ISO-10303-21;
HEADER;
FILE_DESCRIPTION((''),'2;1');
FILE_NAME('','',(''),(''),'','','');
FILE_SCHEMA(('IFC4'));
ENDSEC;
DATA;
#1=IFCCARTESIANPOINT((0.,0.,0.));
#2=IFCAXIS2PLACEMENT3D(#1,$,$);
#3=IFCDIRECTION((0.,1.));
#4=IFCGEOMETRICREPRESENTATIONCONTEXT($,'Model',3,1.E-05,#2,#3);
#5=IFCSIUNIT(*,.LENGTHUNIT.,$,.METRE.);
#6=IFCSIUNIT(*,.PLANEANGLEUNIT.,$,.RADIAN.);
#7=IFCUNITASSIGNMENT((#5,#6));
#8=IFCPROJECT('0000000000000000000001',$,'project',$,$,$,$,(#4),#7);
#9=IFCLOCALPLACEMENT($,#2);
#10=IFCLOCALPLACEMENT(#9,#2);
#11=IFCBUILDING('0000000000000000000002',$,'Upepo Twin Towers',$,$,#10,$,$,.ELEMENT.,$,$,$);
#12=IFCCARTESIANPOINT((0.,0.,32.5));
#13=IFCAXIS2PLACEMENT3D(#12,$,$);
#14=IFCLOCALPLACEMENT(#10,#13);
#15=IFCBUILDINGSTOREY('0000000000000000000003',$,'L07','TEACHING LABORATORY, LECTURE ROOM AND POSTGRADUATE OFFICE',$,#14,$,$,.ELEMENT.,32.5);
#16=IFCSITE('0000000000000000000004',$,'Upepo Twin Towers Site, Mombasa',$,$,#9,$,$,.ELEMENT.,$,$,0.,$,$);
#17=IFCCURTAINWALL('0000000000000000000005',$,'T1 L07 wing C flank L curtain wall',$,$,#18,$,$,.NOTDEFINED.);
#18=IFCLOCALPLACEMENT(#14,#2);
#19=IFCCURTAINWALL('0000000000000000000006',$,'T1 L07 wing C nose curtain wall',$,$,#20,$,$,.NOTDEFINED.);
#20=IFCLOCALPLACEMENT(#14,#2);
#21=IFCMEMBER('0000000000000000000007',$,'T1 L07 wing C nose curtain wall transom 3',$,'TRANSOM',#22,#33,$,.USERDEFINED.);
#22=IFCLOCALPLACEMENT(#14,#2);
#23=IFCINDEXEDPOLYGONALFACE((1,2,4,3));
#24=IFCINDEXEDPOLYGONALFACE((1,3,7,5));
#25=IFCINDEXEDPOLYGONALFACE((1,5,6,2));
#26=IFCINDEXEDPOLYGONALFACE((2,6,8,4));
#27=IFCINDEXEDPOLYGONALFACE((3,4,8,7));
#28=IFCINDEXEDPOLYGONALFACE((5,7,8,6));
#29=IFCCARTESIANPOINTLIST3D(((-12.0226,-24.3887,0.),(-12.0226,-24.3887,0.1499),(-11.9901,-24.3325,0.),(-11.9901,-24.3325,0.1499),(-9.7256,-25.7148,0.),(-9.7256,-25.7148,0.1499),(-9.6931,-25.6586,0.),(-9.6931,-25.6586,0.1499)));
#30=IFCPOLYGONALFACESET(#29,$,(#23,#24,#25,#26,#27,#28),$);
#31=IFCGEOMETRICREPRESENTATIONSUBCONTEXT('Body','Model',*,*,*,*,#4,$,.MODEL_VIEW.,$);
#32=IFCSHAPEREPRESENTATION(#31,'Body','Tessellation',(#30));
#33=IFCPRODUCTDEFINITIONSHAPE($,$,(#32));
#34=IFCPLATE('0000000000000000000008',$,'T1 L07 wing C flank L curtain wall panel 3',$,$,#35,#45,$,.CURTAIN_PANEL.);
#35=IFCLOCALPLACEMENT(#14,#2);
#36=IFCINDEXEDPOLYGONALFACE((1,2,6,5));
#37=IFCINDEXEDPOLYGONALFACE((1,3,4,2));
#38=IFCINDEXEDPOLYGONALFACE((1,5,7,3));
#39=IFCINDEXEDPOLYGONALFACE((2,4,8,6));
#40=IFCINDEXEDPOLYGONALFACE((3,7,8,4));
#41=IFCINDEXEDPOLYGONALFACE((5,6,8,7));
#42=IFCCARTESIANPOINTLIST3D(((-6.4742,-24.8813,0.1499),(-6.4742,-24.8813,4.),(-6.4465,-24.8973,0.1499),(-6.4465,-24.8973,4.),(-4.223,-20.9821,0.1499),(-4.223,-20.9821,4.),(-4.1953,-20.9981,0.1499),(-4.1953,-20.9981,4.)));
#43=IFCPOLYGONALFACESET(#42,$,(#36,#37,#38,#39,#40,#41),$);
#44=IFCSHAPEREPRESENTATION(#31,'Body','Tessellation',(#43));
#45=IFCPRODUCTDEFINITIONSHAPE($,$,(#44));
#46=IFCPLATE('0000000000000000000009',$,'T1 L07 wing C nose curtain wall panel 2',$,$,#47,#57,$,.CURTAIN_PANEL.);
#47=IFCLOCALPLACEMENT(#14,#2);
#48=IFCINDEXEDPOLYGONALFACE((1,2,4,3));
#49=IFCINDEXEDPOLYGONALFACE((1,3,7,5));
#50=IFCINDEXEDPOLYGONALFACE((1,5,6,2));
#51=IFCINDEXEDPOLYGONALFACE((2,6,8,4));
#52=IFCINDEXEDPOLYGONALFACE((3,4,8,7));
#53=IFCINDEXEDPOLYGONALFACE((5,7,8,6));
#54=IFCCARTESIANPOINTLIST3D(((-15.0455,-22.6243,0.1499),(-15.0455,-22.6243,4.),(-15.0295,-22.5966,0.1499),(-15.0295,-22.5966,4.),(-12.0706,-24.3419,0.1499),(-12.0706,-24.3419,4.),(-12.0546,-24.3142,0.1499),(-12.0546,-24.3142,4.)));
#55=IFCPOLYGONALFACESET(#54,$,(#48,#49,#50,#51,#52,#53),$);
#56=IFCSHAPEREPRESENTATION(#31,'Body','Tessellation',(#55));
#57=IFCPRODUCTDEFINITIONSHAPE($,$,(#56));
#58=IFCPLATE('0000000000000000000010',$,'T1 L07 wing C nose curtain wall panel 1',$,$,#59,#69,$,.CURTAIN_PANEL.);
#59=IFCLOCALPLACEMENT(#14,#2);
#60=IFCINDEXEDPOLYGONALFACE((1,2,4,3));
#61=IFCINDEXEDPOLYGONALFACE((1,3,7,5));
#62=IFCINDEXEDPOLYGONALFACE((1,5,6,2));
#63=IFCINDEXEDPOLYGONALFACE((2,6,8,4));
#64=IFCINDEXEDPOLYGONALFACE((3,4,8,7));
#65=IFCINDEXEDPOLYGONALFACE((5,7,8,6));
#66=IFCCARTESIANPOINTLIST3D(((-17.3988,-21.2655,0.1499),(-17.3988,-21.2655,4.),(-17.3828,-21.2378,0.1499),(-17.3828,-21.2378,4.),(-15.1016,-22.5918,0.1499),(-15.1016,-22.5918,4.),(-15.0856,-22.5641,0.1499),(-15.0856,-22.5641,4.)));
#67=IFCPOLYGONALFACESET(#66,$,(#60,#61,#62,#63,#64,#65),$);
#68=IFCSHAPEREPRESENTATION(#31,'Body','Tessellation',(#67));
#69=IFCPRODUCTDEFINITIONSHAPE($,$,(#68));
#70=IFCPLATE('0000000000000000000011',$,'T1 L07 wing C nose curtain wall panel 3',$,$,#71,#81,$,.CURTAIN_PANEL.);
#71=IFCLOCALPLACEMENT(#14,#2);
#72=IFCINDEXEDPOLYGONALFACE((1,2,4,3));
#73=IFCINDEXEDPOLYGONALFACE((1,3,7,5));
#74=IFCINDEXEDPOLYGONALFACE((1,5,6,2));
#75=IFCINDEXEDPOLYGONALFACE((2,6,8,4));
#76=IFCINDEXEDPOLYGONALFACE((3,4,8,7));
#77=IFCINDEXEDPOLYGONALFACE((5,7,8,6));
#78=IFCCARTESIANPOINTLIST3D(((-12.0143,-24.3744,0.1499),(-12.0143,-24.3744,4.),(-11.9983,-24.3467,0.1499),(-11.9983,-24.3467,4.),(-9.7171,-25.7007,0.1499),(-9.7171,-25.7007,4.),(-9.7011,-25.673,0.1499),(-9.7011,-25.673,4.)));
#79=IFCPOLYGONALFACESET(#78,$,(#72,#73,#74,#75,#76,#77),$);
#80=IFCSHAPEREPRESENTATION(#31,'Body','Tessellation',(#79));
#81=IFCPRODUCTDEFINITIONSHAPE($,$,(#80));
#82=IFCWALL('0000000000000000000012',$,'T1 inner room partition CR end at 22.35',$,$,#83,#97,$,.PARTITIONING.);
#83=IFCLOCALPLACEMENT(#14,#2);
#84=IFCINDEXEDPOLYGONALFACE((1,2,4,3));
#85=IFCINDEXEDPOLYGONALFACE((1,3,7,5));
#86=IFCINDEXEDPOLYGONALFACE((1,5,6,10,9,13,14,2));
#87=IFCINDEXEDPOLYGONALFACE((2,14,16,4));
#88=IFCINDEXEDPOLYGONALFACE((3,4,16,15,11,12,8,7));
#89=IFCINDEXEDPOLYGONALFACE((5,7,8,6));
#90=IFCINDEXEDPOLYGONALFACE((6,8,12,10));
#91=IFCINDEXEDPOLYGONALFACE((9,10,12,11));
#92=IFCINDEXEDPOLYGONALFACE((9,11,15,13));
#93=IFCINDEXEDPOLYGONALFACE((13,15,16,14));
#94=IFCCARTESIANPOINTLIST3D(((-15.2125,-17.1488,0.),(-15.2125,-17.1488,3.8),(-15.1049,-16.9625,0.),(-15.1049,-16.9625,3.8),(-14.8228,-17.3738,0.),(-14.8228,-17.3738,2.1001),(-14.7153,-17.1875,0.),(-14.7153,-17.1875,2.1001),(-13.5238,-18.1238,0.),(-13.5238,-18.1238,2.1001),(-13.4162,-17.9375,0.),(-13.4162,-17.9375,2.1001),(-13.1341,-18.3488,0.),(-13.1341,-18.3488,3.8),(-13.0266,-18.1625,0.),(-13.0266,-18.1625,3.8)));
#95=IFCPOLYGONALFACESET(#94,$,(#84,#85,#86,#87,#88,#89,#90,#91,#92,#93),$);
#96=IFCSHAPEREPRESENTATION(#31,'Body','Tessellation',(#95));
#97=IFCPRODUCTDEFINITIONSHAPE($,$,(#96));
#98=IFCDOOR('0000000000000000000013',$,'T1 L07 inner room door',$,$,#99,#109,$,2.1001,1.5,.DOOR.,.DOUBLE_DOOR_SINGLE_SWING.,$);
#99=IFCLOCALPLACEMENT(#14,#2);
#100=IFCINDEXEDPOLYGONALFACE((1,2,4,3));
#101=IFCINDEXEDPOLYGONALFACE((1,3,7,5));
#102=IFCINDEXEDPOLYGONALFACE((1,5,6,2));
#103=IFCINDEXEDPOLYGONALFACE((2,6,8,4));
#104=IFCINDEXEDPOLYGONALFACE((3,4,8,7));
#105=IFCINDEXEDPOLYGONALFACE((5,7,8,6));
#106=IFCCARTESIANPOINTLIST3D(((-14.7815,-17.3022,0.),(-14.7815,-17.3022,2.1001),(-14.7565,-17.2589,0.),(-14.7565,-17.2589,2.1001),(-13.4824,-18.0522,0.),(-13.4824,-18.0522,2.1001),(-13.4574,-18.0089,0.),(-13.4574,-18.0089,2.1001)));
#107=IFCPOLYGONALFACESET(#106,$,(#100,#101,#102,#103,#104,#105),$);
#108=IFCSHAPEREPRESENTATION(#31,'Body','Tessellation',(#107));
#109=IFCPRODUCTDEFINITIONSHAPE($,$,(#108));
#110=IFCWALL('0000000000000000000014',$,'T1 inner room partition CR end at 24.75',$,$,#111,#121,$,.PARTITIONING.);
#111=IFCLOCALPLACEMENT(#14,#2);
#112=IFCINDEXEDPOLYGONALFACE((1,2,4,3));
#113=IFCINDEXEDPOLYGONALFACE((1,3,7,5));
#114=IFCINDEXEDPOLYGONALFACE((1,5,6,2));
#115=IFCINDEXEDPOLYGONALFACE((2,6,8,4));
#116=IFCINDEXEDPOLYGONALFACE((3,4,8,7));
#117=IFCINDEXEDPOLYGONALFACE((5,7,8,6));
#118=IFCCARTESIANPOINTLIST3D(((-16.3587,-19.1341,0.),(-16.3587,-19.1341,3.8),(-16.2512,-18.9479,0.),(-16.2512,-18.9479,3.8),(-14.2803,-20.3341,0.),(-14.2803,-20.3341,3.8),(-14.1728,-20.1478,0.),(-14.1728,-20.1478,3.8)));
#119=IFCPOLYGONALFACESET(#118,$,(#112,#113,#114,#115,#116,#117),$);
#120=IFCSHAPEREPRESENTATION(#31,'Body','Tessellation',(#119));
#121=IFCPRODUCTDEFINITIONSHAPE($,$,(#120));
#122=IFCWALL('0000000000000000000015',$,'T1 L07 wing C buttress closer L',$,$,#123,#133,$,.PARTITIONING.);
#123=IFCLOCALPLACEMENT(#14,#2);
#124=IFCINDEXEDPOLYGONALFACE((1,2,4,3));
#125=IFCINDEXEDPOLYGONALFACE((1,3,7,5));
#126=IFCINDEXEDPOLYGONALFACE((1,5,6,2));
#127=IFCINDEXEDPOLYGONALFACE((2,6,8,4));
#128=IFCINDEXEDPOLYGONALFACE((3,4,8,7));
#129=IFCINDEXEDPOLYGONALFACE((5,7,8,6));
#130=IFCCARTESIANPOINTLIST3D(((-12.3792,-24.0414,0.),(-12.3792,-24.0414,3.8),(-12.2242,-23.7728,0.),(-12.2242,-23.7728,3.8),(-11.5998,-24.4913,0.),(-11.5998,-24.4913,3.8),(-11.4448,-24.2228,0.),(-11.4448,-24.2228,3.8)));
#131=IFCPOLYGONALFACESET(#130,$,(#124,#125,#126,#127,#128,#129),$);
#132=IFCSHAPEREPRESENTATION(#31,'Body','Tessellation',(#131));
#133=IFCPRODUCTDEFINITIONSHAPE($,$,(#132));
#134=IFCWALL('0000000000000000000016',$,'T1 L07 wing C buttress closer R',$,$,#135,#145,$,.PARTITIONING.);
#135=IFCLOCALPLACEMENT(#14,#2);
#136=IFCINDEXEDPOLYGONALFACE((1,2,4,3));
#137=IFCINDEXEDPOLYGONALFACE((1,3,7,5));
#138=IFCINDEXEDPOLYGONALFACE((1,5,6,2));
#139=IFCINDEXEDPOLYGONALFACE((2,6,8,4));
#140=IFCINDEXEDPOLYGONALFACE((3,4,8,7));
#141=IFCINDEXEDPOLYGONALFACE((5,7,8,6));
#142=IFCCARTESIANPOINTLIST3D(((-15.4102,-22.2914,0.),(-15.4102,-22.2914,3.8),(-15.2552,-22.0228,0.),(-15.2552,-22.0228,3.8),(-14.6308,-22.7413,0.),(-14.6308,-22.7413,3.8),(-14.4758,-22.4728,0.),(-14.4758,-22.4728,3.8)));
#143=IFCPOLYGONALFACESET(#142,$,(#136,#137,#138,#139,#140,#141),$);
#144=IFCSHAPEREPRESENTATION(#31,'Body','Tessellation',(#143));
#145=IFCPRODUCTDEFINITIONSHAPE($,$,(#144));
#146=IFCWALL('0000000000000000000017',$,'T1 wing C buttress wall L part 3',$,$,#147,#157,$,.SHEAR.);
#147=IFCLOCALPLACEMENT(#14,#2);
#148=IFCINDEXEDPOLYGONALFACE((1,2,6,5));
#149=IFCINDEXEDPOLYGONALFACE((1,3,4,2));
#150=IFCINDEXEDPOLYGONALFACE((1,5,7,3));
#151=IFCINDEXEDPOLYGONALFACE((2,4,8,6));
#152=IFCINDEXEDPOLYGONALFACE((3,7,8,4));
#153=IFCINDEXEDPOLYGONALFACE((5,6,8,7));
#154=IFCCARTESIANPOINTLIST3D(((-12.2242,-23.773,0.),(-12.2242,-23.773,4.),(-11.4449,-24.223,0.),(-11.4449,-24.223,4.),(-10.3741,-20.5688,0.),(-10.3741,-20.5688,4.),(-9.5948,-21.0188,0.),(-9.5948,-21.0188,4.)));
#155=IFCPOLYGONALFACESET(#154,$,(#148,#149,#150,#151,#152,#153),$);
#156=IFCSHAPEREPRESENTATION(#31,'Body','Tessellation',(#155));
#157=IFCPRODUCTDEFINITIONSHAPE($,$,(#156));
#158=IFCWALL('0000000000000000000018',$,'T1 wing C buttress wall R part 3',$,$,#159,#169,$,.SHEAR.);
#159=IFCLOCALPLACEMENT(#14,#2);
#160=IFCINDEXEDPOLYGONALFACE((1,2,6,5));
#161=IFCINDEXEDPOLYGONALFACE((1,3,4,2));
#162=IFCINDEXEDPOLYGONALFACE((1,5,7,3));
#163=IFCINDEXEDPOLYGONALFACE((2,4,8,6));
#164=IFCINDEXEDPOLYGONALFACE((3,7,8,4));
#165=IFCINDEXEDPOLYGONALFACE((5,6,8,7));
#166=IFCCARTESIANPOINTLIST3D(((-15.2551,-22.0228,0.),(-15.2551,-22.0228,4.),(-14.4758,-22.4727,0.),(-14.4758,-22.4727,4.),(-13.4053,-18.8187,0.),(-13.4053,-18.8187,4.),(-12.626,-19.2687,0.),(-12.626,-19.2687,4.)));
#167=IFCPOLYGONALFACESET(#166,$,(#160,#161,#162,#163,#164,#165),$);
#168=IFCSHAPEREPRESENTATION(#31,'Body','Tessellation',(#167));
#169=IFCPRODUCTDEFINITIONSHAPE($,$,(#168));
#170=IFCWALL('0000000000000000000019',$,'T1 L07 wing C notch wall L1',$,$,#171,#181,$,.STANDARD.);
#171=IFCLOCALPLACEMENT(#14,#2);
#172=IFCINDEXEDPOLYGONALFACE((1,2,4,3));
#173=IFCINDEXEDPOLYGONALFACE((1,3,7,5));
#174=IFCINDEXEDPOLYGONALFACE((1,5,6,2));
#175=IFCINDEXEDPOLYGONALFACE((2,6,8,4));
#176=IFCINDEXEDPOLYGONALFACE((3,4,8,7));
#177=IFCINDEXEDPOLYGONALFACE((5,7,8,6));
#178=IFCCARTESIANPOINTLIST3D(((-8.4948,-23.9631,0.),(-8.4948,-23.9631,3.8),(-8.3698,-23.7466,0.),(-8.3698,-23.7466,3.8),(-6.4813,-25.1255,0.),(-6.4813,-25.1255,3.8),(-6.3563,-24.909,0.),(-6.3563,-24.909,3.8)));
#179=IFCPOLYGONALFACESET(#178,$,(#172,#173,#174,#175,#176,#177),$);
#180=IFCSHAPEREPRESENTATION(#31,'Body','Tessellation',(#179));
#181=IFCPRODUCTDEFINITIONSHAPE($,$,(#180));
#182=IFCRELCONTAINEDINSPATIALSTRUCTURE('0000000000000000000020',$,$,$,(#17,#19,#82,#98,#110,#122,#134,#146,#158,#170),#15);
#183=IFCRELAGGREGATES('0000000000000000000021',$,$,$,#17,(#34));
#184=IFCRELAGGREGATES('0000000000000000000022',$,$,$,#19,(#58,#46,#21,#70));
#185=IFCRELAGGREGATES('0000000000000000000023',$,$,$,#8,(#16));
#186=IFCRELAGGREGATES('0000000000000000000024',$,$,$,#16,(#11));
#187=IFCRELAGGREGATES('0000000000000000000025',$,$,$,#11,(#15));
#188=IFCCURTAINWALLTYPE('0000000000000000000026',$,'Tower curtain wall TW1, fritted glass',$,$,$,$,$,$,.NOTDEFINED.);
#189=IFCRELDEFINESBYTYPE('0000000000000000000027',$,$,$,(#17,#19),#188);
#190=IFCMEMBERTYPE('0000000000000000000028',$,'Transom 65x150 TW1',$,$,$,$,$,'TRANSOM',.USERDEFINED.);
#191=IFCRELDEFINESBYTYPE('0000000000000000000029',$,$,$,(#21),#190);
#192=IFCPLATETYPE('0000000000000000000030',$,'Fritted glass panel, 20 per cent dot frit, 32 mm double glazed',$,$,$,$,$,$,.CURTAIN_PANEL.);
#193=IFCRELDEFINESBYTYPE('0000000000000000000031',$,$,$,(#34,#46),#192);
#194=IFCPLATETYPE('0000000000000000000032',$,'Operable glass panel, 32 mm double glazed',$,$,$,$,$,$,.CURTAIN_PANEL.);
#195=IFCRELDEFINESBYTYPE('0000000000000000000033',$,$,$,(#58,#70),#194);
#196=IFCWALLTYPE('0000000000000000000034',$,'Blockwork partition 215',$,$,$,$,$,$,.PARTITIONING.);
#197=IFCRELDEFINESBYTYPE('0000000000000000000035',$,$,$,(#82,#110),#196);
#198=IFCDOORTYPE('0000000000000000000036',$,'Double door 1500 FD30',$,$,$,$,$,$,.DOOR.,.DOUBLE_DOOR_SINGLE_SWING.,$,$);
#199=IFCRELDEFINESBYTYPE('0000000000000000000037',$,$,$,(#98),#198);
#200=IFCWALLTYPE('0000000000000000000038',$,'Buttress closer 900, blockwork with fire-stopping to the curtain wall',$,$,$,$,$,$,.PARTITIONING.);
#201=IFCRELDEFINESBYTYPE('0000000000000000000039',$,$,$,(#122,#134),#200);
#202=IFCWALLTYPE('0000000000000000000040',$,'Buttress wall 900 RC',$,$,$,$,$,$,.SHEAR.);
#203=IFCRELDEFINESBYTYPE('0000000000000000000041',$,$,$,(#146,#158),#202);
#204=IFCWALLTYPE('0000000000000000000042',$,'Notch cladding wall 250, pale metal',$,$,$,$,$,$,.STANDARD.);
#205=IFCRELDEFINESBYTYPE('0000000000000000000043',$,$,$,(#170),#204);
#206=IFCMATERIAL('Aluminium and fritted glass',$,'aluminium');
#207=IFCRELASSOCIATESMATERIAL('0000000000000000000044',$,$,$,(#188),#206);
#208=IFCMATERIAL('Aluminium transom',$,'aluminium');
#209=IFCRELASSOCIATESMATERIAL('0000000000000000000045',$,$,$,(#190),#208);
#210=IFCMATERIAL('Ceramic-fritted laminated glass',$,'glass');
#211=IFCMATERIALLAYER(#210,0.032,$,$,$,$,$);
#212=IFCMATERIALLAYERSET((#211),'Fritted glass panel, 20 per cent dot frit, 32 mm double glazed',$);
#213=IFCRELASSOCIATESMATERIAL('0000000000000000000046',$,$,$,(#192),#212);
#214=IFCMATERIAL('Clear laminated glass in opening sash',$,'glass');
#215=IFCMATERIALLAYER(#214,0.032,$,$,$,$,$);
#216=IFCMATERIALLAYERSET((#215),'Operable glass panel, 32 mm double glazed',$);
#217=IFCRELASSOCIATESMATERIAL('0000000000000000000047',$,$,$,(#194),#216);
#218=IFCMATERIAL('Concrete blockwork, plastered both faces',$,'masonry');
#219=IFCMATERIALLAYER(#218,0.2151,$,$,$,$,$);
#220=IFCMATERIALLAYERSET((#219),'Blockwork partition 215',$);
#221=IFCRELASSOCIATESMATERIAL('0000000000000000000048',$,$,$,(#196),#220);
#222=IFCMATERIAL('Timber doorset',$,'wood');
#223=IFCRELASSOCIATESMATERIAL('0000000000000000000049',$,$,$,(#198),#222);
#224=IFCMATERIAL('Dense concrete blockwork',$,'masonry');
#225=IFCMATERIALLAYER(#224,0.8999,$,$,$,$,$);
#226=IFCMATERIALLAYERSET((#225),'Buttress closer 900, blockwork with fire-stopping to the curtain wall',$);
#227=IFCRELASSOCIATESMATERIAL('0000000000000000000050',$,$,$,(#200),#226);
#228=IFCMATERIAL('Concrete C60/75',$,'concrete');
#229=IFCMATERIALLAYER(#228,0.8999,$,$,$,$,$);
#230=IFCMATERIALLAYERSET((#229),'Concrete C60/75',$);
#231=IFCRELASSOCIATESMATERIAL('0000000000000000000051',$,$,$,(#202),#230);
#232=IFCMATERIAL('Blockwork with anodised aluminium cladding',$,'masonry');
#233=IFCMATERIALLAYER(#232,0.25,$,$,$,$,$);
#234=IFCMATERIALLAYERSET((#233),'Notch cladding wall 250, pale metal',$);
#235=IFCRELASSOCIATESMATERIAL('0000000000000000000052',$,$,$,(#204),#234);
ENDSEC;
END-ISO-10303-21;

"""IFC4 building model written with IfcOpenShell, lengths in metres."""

from ifc_helpers import new_model, si_unit, direction, frame, frame_2d, origin, origin_2d, place, context, subcontext, project, spatial, rectangle, extrude, material, layer, layer_set, material_profile, profile_set, type_object, element, fill, aggregate, save


model = new_model("IFC4")

# Units and contexts
model_context = context("Model", 3, precision=1e-05, world=origin(), true_north=direction((0.0, 1.0)))
body_context = subcontext(model_context, "Body", "Model", "MODEL_VIEW")
ifc_project = project(units=[si_unit("LENGTHUNIT", "METRE"), si_unit("PLANEANGLEUNIT", "RADIAN")], contexts=[model_context])

# Site, building, storey
site_placement = place(None, origin())
site = spatial("IfcSite", under=ifc_project, at=site_placement, Name="Upepo Twin Towers Site, Mombasa", CompositionType="ELEMENT", RefElevation=0.0)
building_placement = place(site_placement, origin())
building = spatial("IfcBuilding", under=site, at=building_placement, Name="Upepo Twin Towers", CompositionType="ELEMENT")
storey_placement = place(building_placement, frame((0.0, 0.0, 32.5)))
storey = spatial("IfcBuildingStorey", under=building, at=storey_placement, Name="L07", Description="TEACHING LABORATORY, LECTURE ROOM AND POSTGRADUATE OFFICE", CompositionType="ELEMENT", Elevation=32.5)

# Curtain wall
ifc_material_1 = material(Name="Aluminium and fritted glass", Category="aluminium")
curtain_wall_type = type_object("IfcCurtainWallType", Name="Tower curtain wall TW1, fritted glass", PredefinedType="NOTDEFINED", material=ifc_material_1)
curtain_wall_1_placement = place(storey_placement, origin())
curtain_wall_1 = element("IfcCurtainWall", 1, at=curtain_wall_1_placement, inside=storey, type_object=curtain_wall_type, Name="T1 L07 wing C flank L curtain wall", PredefinedType="NOTDEFINED")

# Curtain wall
curtain_wall_2_placement = place(storey_placement, origin())
curtain_wall_2 = element("IfcCurtainWall", 2, at=curtain_wall_2_placement, inside=storey, type_object=curtain_wall_type, Name="T1 L07 wing C nose curtain wall", PredefinedType="NOTDEFINED")

# Member
ifc_material_2 = material(Name="Aluminium transom", Category="aluminium")
ifc_material_profile_1 = material_profile(ifc_material_2, rectangle(XDim=0.0649, YDim=0.1499, at=origin_2d()), Name="TRANSOM 65x150")
ifc_profile_set_1 = profile_set([ifc_material_profile_1], Name="Aluminium transom")
member_type_1 = type_object("IfcMemberType", Name="Transom 65x150 TW1", ElementType="TRANSOM", PredefinedType="USERDEFINED", material=ifc_profile_set_1)
member_1_placement = place(storey_placement, frame((-12.0063, -24.3606, 0.075), z_axis=(0.866037, -0.49998, 0.0), x_axis=(0.49998, 0.866037, 0.0)))
member_1 = element("IfcMember", 3, at=member_1_placement, type_object=member_type_1, Name="T1 L07 wing C nose curtain wall transom 3", ObjectType="TRANSOM", PredefinedType="USERDEFINED", context=body_context, shape_type="SweptSolid", body=[
    extrude(rectangle(XDim=0.0649, YDim=0.1499, at=origin_2d()), origin(), (0.0, 0.0, 1.0), 2.6523),
])

# Plates
ifc_material_3 = material(Name="Ceramic-fritted laminated glass", Category="glass")
ifc_layer_1 = layer(ifc_material_3, 0.032)
ifc_layer_set_1 = layer_set([ifc_layer_1], Name="Fritted glass panel, 20 per cent dot frit, 32 mm double glazed")
plate_type_1 = type_object("IfcPlateType", Name="Fritted glass panel, 20 per cent dot frit, 32 mm double glazed", PredefinedType="CURTAIN_PANEL", material=ifc_layer_set_1)
plate_1_placement = place(storey_placement, frame((-5.3347, -22.9397, 0.1499), z_axis=(0.0, 0.0, 1.0), x_axis=(-0.5, -0.866025, 0.0)))
plate_1 = element("IfcPlate", 4, at=plate_1_placement, type_object=plate_type_1, Name="T1 L07 wing C flank L curtain wall panel 3", PredefinedType="CURTAIN_PANEL", context=body_context, shape_type="SweptSolid", body=[
    extrude(rectangle(XDim=4.5024, YDim=0.032, at=origin_2d()), origin(), (0.0, 0.0, 1.0), 3.8501),
])
aggregate(curtain_wall_1, [plate_1])
plate_2_placement = place(storey_placement, frame((-13.55, -23.4692, 0.1499), z_axis=(0.0, 0.0, 1.0), x_axis=(0.866025, -0.5, 0.0)))
plate_2 = element("IfcPlate", 5, at=plate_2_placement, type_object=plate_type_1, Name="T1 L07 wing C nose curtain wall panel 2", PredefinedType="CURTAIN_PANEL", context=body_context, shape_type="SweptSolid", body=[
    extrude(rectangle(XDim=3.4351, YDim=0.032, at=origin_2d()), origin(), (0.0, 0.0, 1.0), 3.8501),
])
ifc_material_4 = material(Name="Clear laminated glass in opening sash", Category="glass")
ifc_layer_2 = layer(ifc_material_4, 0.032)
ifc_layer_set_2 = layer_set([ifc_layer_2], Name="Operable glass panel, 32 mm double glazed")
plate_type_2 = type_object("IfcPlateType", Name="Operable glass panel, 32 mm double glazed", PredefinedType="CURTAIN_PANEL", material=ifc_layer_set_2)
plate_3_placement = place(storey_placement, frame((-16.2422, -21.9148, 0.1499), z_axis=(0.0, 0.0, 1.0), x_axis=(0.866025, -0.5, 0.0)))
plate_3 = element("IfcPlate", 6, at=plate_3_placement, type_object=plate_type_2, Name="T1 L07 wing C nose curtain wall panel 1", PredefinedType="CURTAIN_PANEL", context=body_context, shape_type="SweptSolid", body=[
    extrude(rectangle(XDim=2.6526, YDim=0.032, at=origin_2d()), origin(), (0.0, 0.0, 1.0), 3.8501),
])
plate_4_placement = place(storey_placement, frame((-10.8577, -25.0237, 0.1499), z_axis=(0.0, 0.0, 1.0), x_axis=(0.866025, -0.5, 0.0)))
plate_4 = element("IfcPlate", 7, at=plate_4_placement, type_object=plate_type_2, Name="T1 L07 wing C nose curtain wall panel 3", PredefinedType="CURTAIN_PANEL", context=body_context, shape_type="SweptSolid", body=[
    extrude(rectangle(XDim=2.6526, YDim=0.032, at=origin_2d()), origin(), (0.0, 0.0, 1.0), 3.8501),
])
aggregate(curtain_wall_2, [plate_3, plate_2, member_1, plate_4])

# Wall, opening, door
ifc_material_5 = material(Name="Concrete blockwork, plastered both faces", Category="masonry")
ifc_layer_3 = layer(ifc_material_5, 0.2151)
ifc_layer_set_3 = layer_set([ifc_layer_3], Name="Blockwork partition 215")
wall_type_1 = type_object("IfcWallType", Name="Blockwork partition 215", PredefinedType="PARTITIONING", material=ifc_layer_set_3)
wall_1_placement = place(storey_placement, frame((-13.0803, -18.2556, 0.0), z_axis=(0.0, 0.0, 1.0), x_axis=(-0.866025, 0.500001, 0.0)))
wall_1 = element("IfcWall", 8, at=wall_1_placement, inside=storey, type_object=wall_type_1, Name="T1 inner room partition CR end at 22.35", PredefinedType="PARTITIONING", context=body_context, shape_type="SweptSolid", body=[
    extrude(rectangle(XDim=2.3999, YDim=0.2151, at=frame_2d((1.2, 0.0))), origin(), (0.0, 0.0, 1.0), 3.8),
])
opening_placement = place(wall_1_placement, frame((0.45, 0.0, 0.0)))
opening = element("IfcOpeningElement", 9, at=opening_placement, cuts=wall_1, PredefinedType="OPENING", context=body_context, shape_type="SweptSolid", body=[
    extrude(rectangle(XDim=1.5, YDim=2.1001, at=frame_2d((0.75, 1.05))), frame((0.0, 0.1174, 0.0), z_axis=(0.0, -1.0, 0.0), x_axis=(1.0, 0.0, 0.0)), (0.0, 0.0, 1.0), 0.2351),
])
ifc_material_6 = material(Name="Timber doorset", Category="wood")
door_type = type_object("IfcDoorType", Name="Double door 1500 FD30", OperationType="DOUBLE_DOOR_SINGLE_SWING", PredefinedType="DOOR", material=ifc_material_6)
door_placement = place(opening_placement, origin())
door = element("IfcDoor", 10, at=door_placement, inside=storey, type_object=door_type, Name="T1 L07 inner room door", OperationType="DOUBLE_DOOR_SINGLE_SWING", OverallHeight=2.1001, OverallWidth=1.5, PredefinedType="DOOR", context=body_context, shape_type="SweptSolid", body=[
    extrude(rectangle(XDim=1.5, YDim=2.1001, at=frame_2d((0.75, 1.05))), frame((0.0, 0.0249, 0.0), z_axis=(0.0, -1.0, 0.0), x_axis=(1.0, 0.0, 0.0)), (0.0, 0.0, 1.0), 0.05),
])
fill(opening, door)

# Walls
wall_2_placement = place(storey_placement, frame((-14.2266, -20.241, 0.0), z_axis=(0.0, 0.0, 1.0), x_axis=(-0.866025, 0.500001, 0.0)))
element("IfcWall", 11, at=wall_2_placement, inside=storey, type_object=wall_type_1, Name="T1 inner room partition CR end at 24.75", PredefinedType="PARTITIONING", context=body_context, shape_type="SweptSolid", body=[
    extrude(rectangle(XDim=2.3999, YDim=0.2151, at=frame_2d((1.2, 0.0))), origin(), (0.0, 0.0, 1.0), 3.8),
])
ifc_material_7 = material(Name="Dense concrete blockwork", Category="masonry")
ifc_layer_4 = layer(ifc_material_7, 0.8999)
ifc_layer_set_4 = layer_set([ifc_layer_4], Name="Buttress closer 900, blockwork with fire-stopping to the curtain wall")
wall_type_2 = type_object("IfcWallType", Name="Buttress closer 900, blockwork with fire-stopping to the curtain wall", PredefinedType="PARTITIONING", material=ifc_layer_set_4)
for number, where, z_axis, x_axis, name in (
    (12, (-11.8345, -23.9978, 0.0), (0.0, 0.0, 1.0), (-0.49995, -0.866054, 0.0), "T1 L07 wing C buttress closer L"),
    (13, (-14.8655, -22.2478, 0.0), (0.0, 0.0, 1.0), (-0.49995, -0.866054, 0.0), "T1 L07 wing C buttress closer R"),
):
    element("IfcWall", number, at=place(storey_placement, frame(where, z_axis=z_axis, x_axis=x_axis)), inside=storey, type_object=wall_type_2, Name=name, PredefinedType="PARTITIONING", context=body_context, shape_type="SweptSolid", body=[
        extrude(rectangle(XDim=0.3101, YDim=0.8999, at=frame_2d((0.155, 0.0))), origin(), (0.0, 0.0, 1.0), 3.8),
    ])
ifc_material_8 = material(Name="Concrete C60/75", Category="concrete")
ifc_layer_5 = layer(ifc_material_8, 0.8999)
ifc_layer_set_5 = layer_set([ifc_layer_5], Name="Concrete C60/75")
wall_type_3 = type_object("IfcWallType", Name="Buttress wall 900 RC", PredefinedType="SHEAR", material=ifc_layer_set_5)
wall_3_placement = place(storey_placement, frame((-9.9844, -20.7937, 0.0), z_axis=(0.0, 0.0, 1.0), x_axis=(-0.500042, -0.866001, 0.0)))
element("IfcWall", 14, at=wall_3_placement, inside=storey, type_object=wall_type_3, Name="T1 wing C buttress wall L part 3", PredefinedType="SHEAR", context=body_context, shape_type="SweptSolid", body=[
    extrude(rectangle(XDim=3.7, YDim=0.8999, at=frame_2d((1.8501, 0.0))), origin(), (0.0, 0.0, 1.0), 4.0),
])
wall_4_placement = place(storey_placement, frame((-13.0156, -19.0437, 0.0), z_axis=(0.0, 0.0, 1.0), x_axis=(-0.499993, -0.86603, 0.0)))
element("IfcWall", 15, at=wall_4_placement, inside=storey, type_object=wall_type_3, Name="T1 wing C buttress wall R part 3", PredefinedType="SHEAR", context=body_context, shape_type="SweptSolid", body=[
    extrude(rectangle(XDim=3.6997, YDim=0.8999, at=frame_2d((1.8499, 0.0))), origin(), (0.0, 0.0, 1.0), 4.0),
])
ifc_material_9 = material(Name="Blockwork with anodised aluminium cladding", Category="masonry")
ifc_layer_6 = layer(ifc_material_9, 0.25)
ifc_layer_set_6 = layer_set([ifc_layer_6], Name="Notch cladding wall 250, pale metal")
wall_type_4 = type_object("IfcWallType", Name="Notch cladding wall 250, pale metal", PredefinedType="STANDARD", material=ifc_layer_set_6)
for number, where, z_axis, x_axis, name in (
    (16, (-6.4187, -25.0173, 0.0), (0.0, 0.0, 1.0), (-0.866044, 0.499968, 0.0), "T1 L07 wing C notch wall L1"),
):
    element("IfcWall", number, at=place(storey_placement, frame(where, z_axis=z_axis, x_axis=x_axis)), inside=storey, type_object=wall_type_4, Name=name, PredefinedType="STANDARD", context=body_context, shape_type="SweptSolid", body=[
        extrude(rectangle(XDim=2.325, YDim=0.25, at=frame_2d((1.1626, 0.0))), origin(), (0.0, 0.0, 1.0), 3.8),
    ])

save(model, "model.ifc")
